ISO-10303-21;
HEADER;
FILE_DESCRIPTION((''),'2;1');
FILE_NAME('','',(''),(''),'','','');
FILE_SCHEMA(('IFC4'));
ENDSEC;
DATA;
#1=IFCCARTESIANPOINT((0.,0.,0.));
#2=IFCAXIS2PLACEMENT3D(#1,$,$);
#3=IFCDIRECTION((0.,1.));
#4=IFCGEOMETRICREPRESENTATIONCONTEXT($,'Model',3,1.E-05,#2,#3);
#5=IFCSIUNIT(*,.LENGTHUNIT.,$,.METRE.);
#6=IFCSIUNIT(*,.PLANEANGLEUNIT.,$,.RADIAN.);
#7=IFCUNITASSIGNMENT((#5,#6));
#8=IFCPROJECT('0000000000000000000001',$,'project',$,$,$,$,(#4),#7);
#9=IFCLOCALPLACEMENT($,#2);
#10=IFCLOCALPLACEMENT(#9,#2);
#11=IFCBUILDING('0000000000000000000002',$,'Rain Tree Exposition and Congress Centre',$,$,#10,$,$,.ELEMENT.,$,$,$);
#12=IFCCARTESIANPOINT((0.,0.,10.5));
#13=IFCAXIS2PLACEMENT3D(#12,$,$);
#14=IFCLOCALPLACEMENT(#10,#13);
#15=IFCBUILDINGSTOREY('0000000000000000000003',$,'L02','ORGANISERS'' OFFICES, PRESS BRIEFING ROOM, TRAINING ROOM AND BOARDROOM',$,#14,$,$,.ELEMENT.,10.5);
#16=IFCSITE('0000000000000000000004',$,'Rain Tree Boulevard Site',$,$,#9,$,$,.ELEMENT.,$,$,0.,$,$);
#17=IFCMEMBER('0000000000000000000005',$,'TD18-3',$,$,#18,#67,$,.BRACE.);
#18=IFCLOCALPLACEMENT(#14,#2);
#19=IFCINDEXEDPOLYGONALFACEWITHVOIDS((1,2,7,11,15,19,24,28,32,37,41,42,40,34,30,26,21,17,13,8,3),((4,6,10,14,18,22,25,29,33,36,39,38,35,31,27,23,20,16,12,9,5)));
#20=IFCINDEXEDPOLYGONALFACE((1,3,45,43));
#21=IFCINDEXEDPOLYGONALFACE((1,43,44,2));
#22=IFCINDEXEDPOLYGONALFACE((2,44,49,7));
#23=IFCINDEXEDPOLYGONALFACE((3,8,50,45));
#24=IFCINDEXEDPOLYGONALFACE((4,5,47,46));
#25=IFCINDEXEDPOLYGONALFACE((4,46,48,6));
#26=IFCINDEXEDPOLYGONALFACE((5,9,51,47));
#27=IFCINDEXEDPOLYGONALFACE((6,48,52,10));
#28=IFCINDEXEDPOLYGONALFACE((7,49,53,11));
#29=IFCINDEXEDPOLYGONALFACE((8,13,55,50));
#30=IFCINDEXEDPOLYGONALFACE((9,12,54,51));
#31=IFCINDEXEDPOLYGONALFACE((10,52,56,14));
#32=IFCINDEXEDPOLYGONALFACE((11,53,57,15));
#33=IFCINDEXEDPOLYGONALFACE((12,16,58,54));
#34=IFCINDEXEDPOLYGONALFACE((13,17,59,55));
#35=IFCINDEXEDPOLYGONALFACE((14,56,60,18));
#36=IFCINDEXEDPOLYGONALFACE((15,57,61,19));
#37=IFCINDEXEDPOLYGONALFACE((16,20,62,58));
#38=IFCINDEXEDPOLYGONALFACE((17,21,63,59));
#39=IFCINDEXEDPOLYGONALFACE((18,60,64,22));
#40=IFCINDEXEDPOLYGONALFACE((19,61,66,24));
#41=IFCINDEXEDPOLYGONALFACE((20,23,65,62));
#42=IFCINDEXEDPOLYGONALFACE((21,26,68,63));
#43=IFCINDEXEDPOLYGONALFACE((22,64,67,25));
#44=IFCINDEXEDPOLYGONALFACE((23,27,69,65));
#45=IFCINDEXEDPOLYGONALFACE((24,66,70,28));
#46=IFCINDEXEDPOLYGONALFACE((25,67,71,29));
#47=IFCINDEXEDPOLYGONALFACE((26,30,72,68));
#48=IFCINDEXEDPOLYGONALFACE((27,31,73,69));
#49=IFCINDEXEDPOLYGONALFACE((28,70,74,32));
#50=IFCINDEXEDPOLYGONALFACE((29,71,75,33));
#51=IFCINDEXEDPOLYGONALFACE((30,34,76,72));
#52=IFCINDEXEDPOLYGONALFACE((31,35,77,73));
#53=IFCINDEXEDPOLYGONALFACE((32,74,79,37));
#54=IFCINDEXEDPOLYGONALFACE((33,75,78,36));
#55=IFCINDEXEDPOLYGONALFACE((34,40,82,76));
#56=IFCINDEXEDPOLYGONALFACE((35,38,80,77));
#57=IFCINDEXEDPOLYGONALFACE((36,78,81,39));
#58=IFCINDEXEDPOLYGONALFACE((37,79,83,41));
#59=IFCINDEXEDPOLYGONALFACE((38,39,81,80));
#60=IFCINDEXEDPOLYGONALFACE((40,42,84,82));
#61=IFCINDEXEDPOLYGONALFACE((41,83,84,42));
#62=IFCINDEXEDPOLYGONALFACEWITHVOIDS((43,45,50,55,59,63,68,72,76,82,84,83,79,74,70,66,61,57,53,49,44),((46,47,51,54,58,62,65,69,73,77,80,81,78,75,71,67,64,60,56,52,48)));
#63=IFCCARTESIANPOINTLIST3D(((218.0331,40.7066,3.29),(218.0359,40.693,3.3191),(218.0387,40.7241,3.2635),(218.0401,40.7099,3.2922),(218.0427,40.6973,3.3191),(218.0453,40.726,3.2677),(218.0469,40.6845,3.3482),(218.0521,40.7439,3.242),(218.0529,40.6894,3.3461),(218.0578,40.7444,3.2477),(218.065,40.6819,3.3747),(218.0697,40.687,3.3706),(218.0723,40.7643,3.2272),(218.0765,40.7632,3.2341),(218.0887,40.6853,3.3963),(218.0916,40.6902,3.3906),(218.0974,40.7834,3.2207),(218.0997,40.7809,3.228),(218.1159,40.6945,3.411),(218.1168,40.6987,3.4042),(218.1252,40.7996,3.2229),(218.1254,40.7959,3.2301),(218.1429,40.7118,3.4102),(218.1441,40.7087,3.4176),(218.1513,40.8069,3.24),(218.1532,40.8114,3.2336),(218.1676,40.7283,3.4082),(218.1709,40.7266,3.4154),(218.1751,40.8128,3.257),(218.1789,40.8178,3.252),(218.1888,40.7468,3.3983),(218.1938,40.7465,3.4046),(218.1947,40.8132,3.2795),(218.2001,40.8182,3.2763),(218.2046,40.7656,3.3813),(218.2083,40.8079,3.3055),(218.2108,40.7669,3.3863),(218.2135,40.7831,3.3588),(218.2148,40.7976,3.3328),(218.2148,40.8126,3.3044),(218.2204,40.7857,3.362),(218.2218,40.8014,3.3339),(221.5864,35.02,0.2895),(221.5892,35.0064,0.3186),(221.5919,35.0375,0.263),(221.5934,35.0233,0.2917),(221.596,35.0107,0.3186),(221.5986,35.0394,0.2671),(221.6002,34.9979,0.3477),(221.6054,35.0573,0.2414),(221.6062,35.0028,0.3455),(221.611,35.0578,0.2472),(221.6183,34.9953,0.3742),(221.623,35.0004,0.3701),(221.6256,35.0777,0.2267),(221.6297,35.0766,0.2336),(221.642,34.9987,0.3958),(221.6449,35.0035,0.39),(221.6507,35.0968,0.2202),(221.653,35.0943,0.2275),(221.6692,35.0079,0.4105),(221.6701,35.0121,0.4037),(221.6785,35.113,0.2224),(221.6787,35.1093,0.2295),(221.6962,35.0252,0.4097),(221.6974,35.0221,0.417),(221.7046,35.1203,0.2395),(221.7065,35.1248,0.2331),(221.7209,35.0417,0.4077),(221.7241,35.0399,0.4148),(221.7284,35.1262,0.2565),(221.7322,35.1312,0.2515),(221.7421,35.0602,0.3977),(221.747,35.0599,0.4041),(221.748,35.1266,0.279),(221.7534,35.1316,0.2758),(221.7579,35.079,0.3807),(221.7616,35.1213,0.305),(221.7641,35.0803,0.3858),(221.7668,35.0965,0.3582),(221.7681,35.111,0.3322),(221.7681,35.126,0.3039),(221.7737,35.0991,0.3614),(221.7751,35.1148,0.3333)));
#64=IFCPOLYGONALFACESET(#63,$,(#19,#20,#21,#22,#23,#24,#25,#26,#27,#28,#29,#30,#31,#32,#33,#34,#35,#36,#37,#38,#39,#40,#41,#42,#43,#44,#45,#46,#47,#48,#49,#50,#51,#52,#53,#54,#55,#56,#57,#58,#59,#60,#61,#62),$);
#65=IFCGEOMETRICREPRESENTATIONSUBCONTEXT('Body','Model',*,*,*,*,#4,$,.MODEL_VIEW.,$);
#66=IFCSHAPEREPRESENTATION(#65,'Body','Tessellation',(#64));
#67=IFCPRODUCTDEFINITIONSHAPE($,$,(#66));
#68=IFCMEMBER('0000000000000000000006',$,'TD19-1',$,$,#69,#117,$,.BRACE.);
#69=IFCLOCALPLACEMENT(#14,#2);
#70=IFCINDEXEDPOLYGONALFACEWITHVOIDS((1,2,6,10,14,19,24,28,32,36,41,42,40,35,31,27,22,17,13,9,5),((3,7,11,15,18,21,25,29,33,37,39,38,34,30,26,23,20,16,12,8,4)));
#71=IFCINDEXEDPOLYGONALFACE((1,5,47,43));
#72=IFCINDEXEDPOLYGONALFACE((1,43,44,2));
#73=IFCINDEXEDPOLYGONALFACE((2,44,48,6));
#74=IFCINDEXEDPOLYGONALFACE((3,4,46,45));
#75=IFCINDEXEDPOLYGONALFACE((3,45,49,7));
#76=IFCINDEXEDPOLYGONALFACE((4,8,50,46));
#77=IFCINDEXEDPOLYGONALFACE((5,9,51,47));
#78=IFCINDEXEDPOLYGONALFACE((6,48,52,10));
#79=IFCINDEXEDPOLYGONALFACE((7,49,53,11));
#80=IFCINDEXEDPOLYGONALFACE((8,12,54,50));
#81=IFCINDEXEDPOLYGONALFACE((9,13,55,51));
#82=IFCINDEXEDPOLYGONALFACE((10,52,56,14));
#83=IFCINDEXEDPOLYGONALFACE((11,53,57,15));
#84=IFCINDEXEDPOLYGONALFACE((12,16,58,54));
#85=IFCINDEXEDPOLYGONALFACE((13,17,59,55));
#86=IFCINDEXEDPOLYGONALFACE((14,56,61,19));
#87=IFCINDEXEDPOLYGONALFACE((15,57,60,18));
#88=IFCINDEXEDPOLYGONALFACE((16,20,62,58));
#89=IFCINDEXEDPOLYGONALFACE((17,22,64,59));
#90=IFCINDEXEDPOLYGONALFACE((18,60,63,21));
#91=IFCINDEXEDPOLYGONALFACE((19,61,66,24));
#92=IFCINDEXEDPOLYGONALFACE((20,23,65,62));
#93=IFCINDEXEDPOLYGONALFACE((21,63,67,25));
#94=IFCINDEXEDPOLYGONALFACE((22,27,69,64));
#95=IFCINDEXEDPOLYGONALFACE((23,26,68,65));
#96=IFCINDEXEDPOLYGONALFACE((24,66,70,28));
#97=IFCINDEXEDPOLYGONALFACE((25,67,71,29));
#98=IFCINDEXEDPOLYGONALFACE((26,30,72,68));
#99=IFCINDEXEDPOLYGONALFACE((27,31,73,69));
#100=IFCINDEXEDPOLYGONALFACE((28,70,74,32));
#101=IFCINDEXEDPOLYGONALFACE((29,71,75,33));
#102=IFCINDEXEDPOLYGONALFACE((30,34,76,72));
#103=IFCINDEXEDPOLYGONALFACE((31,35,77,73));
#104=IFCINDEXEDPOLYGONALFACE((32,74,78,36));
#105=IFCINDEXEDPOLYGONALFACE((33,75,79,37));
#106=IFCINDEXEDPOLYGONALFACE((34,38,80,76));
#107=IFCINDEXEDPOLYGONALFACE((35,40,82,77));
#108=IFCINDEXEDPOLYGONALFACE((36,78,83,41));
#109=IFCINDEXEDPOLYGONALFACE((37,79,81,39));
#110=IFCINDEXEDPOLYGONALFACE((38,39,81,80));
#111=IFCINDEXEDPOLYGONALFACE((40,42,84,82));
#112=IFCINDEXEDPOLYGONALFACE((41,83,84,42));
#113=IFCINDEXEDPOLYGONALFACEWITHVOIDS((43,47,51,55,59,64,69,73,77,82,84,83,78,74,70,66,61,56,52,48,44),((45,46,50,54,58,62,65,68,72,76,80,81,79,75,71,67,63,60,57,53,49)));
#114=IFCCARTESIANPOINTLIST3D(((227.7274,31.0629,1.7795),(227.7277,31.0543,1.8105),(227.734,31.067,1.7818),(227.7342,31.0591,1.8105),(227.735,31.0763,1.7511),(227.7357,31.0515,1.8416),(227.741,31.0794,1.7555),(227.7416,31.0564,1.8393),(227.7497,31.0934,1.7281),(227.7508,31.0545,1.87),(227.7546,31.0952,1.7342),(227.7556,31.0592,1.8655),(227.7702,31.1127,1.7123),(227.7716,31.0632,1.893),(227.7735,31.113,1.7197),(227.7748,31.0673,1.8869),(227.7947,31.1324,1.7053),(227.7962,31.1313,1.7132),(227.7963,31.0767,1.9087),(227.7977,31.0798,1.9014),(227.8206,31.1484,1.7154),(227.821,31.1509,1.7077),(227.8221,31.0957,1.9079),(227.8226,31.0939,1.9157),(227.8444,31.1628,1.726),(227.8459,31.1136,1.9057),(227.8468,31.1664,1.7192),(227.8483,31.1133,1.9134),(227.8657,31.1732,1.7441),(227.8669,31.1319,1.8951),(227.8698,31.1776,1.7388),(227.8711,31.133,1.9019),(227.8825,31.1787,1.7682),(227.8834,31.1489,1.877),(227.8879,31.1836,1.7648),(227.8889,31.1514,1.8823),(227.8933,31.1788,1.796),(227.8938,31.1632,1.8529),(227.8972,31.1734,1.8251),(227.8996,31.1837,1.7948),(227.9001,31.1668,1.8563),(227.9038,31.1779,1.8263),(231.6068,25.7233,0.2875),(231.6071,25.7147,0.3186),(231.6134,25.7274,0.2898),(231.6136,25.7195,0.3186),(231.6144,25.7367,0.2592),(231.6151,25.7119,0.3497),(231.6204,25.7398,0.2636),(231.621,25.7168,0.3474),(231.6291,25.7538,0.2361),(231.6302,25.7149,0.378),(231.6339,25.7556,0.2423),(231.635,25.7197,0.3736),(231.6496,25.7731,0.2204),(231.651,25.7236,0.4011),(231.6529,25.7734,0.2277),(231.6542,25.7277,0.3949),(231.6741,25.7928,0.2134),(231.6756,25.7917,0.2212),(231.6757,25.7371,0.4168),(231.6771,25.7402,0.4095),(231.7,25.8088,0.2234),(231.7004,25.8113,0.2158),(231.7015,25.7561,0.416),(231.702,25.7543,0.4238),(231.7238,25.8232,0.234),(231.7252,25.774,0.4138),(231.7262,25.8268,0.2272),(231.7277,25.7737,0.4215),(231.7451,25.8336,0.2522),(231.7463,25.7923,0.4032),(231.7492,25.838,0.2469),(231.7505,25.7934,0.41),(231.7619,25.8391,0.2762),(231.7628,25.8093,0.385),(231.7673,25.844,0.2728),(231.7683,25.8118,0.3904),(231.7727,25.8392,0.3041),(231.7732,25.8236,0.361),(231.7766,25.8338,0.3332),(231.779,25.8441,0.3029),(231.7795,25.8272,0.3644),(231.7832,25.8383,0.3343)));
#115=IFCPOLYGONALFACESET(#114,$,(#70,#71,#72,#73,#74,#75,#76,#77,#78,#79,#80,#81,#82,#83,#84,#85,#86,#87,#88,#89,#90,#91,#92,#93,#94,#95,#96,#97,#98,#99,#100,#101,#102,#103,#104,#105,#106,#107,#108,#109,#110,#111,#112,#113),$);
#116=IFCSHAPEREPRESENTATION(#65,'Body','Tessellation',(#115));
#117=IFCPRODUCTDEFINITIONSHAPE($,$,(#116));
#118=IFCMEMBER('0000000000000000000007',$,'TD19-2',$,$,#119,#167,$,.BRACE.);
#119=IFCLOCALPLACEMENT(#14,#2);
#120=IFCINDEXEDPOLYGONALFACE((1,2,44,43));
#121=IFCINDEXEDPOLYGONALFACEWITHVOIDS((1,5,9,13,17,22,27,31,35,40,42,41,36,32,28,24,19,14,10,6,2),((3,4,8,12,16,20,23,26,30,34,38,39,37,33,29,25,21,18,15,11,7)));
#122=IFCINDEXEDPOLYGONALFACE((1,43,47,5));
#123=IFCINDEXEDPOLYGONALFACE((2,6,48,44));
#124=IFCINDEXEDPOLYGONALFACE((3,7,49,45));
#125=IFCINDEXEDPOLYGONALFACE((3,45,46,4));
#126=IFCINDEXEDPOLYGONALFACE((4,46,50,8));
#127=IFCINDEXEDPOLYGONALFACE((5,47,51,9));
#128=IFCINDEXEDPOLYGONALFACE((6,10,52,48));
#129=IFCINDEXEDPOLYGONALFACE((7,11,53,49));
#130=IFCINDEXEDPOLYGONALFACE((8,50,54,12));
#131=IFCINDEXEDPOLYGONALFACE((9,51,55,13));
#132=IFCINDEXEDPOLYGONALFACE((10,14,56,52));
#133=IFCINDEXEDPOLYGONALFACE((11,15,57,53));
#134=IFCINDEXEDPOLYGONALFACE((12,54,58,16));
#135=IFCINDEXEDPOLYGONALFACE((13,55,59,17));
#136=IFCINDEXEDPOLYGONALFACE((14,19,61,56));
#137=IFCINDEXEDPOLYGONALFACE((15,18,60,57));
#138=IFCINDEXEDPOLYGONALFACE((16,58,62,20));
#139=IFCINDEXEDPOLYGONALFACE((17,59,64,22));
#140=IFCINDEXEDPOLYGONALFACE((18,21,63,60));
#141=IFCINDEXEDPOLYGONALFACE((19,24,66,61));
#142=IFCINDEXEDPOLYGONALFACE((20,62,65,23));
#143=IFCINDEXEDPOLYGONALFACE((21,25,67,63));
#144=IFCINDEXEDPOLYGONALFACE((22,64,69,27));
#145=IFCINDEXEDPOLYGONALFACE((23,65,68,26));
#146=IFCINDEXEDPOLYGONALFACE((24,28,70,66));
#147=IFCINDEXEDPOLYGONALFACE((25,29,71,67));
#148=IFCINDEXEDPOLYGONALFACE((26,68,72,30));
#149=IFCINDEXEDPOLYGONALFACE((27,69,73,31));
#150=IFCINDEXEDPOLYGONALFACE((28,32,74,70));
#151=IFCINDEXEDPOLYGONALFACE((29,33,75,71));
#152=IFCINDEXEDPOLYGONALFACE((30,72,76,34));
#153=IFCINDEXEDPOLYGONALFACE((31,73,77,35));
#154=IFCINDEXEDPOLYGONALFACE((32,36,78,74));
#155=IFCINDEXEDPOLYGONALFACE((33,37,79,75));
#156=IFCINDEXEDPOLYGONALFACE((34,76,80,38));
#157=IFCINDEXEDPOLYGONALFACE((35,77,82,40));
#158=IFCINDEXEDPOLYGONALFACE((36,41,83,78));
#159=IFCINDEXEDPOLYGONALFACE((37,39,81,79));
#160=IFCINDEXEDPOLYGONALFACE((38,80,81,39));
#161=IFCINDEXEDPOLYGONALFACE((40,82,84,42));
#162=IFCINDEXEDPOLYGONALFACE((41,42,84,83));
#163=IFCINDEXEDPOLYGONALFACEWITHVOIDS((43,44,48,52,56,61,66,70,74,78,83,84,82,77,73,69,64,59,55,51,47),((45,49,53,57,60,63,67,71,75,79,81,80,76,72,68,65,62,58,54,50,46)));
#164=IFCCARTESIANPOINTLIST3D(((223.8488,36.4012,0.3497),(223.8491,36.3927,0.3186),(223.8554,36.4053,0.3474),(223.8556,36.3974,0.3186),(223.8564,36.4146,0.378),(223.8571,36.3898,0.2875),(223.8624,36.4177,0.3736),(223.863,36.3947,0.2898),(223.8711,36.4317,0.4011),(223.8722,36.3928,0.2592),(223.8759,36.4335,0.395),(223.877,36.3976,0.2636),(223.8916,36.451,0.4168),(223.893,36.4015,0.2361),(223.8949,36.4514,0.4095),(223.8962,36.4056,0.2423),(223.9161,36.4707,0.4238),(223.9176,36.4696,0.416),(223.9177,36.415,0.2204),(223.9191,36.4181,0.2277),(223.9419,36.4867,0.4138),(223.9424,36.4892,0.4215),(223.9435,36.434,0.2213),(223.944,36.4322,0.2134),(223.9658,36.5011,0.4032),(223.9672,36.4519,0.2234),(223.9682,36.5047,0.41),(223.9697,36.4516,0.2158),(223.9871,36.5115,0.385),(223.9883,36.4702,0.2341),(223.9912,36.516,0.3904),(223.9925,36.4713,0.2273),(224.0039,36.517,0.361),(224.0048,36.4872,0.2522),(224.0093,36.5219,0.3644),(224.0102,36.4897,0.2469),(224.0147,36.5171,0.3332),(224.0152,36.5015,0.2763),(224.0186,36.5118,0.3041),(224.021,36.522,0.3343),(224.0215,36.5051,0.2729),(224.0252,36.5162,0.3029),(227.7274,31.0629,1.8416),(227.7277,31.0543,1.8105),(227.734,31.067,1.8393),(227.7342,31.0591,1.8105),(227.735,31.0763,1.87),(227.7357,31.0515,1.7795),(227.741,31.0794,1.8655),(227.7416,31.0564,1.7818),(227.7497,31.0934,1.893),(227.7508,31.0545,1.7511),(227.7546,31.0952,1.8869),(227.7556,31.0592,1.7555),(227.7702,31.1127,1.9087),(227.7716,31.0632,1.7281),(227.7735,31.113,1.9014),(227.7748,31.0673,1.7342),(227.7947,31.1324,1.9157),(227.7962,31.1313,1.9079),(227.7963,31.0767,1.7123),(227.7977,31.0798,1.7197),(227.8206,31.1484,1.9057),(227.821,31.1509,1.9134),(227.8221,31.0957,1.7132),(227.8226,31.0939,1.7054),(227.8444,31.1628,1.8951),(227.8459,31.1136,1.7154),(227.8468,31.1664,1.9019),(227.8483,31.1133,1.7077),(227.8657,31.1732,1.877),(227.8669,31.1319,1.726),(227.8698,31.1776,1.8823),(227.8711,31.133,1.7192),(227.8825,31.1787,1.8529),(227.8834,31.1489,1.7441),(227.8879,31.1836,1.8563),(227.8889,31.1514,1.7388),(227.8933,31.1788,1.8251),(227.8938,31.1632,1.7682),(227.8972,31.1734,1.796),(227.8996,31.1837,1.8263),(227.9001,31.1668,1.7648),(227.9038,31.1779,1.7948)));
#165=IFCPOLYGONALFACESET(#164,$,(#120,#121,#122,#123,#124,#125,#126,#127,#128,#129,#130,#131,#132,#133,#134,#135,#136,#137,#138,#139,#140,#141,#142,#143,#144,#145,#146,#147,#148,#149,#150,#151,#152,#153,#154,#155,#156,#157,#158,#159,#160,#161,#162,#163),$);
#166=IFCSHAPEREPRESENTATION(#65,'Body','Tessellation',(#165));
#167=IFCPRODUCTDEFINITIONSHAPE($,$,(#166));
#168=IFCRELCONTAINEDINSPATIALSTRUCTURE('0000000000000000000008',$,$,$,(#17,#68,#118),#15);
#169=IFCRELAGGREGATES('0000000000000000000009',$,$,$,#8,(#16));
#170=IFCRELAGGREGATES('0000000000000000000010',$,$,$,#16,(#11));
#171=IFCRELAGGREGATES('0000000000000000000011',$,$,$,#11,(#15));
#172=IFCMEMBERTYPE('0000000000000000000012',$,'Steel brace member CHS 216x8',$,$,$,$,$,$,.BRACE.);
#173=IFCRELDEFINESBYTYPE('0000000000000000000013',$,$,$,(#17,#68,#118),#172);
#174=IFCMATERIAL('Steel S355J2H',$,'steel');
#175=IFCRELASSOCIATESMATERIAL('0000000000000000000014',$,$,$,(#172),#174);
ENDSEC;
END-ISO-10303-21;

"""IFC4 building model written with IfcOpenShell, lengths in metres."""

from ifc_helpers import new_model, si_unit, direction, frame, origin, origin_2d, place, context, subcontext, project, spatial, hollow_circle, extrude, material, material_profile, profile_set, type_object, element, save


model = new_model("IFC4")

# Units and contexts
model_context = context("Model", 3, precision=1e-05, world=origin(), true_north=direction((0.0, 1.0)))
body_context = subcontext(model_context, "Body", "Model", "MODEL_VIEW")
ifc_project = project(units=[si_unit("LENGTHUNIT", "METRE"), si_unit("PLANEANGLEUNIT", "RADIAN")], contexts=[model_context])

# Site, building, storey
site_placement = place(None, origin())
site = spatial("IfcSite", under=ifc_project, at=site_placement, Name="Rain Tree Boulevard Site", CompositionType="ELEMENT", RefElevation=0.0)
building_placement = place(site_placement, origin())
building = spatial("IfcBuilding", under=site, at=building_placement, Name="Rain Tree Exposition and Congress Centre", CompositionType="ELEMENT")
storey_placement = place(building_placement, frame((0.0, 0.0, 10.5)))
storey = spatial("IfcBuildingStorey", under=building, at=storey_placement, Name="L02", Description="ORGANISERS' OFFICES, PRESS BRIEFING ROOM, TRAINING ROOM AND BOARDROOM", CompositionType="ELEMENT", Elevation=10.5)

# Members
ifc_material_1 = material(Name="Steel S355J2H", Category="steel")
ifc_material_profile_1 = material_profile(ifc_material_1, hollow_circle(Radius=0.1082, WallThickness=0.0081, at=origin_2d()), Name="CHS 216x8")
ifc_profile_set_1 = profile_set([ifc_material_profile_1], Name="Steel S355J2H")
member_type_1 = type_object("IfcMemberType", Name="Steel brace member CHS 216x8", PredefinedType="BRACE", material=ifc_profile_set_1)
member_1_placement = place(storey_placement, frame((221.6809, 35.0637, 0.3186), z_axis=(-0.48369, 0.77409, 0.408448), x_axis=(-0.848056, -0.529907, 0.0)))
element("IfcMember", 1, at=member_1_placement, inside=storey, type_object=member_type_1, Name="TD18-3", PredefinedType="BRACE", context=body_context, shape_type="SweptSolid", body=[
    extrude(hollow_circle(Radius=0.1082, WallThickness=0.0081, at=origin_2d()), origin(), (0.0, 0.0, 1.0), 7.3462),
])
member_2_placement = place(storey_placement, frame((231.6946, 25.7783, 0.3186), z_axis=(-0.573315, 0.789111, 0.220486), x_axis=(-0.809021, -0.58778, 0.0)))
element("IfcMember", 2, at=member_2_placement, inside=storey, type_object=member_type_1, Name="TD19-1", PredefinedType="BRACE", context=body_context, shape_type="SweptSolid", body=[
    extrude(hollow_circle(Radius=0.1082, WallThickness=0.0081, at=origin_2d()), origin(), (0.0, 0.0, 1.0), 6.7666),
])
member_3_placement = place(storey_placement, frame((227.8152, 31.1179, 1.8105), z_axis=(-0.573324, 0.789092, -0.220531), x_axis=(-0.80901, -0.587795, 0.0)))
element("IfcMember", 3, at=member_3_placement, inside=storey, type_object=member_type_1, Name="TD19-2", PredefinedType="BRACE", context=body_context, shape_type="SweptSolid", body=[
    extrude(hollow_circle(Radius=0.1082, WallThickness=0.0081, at=origin_2d()), origin(), (0.0, 0.0, 1.0), 6.7651),
])

save(model, "model.ifc")
